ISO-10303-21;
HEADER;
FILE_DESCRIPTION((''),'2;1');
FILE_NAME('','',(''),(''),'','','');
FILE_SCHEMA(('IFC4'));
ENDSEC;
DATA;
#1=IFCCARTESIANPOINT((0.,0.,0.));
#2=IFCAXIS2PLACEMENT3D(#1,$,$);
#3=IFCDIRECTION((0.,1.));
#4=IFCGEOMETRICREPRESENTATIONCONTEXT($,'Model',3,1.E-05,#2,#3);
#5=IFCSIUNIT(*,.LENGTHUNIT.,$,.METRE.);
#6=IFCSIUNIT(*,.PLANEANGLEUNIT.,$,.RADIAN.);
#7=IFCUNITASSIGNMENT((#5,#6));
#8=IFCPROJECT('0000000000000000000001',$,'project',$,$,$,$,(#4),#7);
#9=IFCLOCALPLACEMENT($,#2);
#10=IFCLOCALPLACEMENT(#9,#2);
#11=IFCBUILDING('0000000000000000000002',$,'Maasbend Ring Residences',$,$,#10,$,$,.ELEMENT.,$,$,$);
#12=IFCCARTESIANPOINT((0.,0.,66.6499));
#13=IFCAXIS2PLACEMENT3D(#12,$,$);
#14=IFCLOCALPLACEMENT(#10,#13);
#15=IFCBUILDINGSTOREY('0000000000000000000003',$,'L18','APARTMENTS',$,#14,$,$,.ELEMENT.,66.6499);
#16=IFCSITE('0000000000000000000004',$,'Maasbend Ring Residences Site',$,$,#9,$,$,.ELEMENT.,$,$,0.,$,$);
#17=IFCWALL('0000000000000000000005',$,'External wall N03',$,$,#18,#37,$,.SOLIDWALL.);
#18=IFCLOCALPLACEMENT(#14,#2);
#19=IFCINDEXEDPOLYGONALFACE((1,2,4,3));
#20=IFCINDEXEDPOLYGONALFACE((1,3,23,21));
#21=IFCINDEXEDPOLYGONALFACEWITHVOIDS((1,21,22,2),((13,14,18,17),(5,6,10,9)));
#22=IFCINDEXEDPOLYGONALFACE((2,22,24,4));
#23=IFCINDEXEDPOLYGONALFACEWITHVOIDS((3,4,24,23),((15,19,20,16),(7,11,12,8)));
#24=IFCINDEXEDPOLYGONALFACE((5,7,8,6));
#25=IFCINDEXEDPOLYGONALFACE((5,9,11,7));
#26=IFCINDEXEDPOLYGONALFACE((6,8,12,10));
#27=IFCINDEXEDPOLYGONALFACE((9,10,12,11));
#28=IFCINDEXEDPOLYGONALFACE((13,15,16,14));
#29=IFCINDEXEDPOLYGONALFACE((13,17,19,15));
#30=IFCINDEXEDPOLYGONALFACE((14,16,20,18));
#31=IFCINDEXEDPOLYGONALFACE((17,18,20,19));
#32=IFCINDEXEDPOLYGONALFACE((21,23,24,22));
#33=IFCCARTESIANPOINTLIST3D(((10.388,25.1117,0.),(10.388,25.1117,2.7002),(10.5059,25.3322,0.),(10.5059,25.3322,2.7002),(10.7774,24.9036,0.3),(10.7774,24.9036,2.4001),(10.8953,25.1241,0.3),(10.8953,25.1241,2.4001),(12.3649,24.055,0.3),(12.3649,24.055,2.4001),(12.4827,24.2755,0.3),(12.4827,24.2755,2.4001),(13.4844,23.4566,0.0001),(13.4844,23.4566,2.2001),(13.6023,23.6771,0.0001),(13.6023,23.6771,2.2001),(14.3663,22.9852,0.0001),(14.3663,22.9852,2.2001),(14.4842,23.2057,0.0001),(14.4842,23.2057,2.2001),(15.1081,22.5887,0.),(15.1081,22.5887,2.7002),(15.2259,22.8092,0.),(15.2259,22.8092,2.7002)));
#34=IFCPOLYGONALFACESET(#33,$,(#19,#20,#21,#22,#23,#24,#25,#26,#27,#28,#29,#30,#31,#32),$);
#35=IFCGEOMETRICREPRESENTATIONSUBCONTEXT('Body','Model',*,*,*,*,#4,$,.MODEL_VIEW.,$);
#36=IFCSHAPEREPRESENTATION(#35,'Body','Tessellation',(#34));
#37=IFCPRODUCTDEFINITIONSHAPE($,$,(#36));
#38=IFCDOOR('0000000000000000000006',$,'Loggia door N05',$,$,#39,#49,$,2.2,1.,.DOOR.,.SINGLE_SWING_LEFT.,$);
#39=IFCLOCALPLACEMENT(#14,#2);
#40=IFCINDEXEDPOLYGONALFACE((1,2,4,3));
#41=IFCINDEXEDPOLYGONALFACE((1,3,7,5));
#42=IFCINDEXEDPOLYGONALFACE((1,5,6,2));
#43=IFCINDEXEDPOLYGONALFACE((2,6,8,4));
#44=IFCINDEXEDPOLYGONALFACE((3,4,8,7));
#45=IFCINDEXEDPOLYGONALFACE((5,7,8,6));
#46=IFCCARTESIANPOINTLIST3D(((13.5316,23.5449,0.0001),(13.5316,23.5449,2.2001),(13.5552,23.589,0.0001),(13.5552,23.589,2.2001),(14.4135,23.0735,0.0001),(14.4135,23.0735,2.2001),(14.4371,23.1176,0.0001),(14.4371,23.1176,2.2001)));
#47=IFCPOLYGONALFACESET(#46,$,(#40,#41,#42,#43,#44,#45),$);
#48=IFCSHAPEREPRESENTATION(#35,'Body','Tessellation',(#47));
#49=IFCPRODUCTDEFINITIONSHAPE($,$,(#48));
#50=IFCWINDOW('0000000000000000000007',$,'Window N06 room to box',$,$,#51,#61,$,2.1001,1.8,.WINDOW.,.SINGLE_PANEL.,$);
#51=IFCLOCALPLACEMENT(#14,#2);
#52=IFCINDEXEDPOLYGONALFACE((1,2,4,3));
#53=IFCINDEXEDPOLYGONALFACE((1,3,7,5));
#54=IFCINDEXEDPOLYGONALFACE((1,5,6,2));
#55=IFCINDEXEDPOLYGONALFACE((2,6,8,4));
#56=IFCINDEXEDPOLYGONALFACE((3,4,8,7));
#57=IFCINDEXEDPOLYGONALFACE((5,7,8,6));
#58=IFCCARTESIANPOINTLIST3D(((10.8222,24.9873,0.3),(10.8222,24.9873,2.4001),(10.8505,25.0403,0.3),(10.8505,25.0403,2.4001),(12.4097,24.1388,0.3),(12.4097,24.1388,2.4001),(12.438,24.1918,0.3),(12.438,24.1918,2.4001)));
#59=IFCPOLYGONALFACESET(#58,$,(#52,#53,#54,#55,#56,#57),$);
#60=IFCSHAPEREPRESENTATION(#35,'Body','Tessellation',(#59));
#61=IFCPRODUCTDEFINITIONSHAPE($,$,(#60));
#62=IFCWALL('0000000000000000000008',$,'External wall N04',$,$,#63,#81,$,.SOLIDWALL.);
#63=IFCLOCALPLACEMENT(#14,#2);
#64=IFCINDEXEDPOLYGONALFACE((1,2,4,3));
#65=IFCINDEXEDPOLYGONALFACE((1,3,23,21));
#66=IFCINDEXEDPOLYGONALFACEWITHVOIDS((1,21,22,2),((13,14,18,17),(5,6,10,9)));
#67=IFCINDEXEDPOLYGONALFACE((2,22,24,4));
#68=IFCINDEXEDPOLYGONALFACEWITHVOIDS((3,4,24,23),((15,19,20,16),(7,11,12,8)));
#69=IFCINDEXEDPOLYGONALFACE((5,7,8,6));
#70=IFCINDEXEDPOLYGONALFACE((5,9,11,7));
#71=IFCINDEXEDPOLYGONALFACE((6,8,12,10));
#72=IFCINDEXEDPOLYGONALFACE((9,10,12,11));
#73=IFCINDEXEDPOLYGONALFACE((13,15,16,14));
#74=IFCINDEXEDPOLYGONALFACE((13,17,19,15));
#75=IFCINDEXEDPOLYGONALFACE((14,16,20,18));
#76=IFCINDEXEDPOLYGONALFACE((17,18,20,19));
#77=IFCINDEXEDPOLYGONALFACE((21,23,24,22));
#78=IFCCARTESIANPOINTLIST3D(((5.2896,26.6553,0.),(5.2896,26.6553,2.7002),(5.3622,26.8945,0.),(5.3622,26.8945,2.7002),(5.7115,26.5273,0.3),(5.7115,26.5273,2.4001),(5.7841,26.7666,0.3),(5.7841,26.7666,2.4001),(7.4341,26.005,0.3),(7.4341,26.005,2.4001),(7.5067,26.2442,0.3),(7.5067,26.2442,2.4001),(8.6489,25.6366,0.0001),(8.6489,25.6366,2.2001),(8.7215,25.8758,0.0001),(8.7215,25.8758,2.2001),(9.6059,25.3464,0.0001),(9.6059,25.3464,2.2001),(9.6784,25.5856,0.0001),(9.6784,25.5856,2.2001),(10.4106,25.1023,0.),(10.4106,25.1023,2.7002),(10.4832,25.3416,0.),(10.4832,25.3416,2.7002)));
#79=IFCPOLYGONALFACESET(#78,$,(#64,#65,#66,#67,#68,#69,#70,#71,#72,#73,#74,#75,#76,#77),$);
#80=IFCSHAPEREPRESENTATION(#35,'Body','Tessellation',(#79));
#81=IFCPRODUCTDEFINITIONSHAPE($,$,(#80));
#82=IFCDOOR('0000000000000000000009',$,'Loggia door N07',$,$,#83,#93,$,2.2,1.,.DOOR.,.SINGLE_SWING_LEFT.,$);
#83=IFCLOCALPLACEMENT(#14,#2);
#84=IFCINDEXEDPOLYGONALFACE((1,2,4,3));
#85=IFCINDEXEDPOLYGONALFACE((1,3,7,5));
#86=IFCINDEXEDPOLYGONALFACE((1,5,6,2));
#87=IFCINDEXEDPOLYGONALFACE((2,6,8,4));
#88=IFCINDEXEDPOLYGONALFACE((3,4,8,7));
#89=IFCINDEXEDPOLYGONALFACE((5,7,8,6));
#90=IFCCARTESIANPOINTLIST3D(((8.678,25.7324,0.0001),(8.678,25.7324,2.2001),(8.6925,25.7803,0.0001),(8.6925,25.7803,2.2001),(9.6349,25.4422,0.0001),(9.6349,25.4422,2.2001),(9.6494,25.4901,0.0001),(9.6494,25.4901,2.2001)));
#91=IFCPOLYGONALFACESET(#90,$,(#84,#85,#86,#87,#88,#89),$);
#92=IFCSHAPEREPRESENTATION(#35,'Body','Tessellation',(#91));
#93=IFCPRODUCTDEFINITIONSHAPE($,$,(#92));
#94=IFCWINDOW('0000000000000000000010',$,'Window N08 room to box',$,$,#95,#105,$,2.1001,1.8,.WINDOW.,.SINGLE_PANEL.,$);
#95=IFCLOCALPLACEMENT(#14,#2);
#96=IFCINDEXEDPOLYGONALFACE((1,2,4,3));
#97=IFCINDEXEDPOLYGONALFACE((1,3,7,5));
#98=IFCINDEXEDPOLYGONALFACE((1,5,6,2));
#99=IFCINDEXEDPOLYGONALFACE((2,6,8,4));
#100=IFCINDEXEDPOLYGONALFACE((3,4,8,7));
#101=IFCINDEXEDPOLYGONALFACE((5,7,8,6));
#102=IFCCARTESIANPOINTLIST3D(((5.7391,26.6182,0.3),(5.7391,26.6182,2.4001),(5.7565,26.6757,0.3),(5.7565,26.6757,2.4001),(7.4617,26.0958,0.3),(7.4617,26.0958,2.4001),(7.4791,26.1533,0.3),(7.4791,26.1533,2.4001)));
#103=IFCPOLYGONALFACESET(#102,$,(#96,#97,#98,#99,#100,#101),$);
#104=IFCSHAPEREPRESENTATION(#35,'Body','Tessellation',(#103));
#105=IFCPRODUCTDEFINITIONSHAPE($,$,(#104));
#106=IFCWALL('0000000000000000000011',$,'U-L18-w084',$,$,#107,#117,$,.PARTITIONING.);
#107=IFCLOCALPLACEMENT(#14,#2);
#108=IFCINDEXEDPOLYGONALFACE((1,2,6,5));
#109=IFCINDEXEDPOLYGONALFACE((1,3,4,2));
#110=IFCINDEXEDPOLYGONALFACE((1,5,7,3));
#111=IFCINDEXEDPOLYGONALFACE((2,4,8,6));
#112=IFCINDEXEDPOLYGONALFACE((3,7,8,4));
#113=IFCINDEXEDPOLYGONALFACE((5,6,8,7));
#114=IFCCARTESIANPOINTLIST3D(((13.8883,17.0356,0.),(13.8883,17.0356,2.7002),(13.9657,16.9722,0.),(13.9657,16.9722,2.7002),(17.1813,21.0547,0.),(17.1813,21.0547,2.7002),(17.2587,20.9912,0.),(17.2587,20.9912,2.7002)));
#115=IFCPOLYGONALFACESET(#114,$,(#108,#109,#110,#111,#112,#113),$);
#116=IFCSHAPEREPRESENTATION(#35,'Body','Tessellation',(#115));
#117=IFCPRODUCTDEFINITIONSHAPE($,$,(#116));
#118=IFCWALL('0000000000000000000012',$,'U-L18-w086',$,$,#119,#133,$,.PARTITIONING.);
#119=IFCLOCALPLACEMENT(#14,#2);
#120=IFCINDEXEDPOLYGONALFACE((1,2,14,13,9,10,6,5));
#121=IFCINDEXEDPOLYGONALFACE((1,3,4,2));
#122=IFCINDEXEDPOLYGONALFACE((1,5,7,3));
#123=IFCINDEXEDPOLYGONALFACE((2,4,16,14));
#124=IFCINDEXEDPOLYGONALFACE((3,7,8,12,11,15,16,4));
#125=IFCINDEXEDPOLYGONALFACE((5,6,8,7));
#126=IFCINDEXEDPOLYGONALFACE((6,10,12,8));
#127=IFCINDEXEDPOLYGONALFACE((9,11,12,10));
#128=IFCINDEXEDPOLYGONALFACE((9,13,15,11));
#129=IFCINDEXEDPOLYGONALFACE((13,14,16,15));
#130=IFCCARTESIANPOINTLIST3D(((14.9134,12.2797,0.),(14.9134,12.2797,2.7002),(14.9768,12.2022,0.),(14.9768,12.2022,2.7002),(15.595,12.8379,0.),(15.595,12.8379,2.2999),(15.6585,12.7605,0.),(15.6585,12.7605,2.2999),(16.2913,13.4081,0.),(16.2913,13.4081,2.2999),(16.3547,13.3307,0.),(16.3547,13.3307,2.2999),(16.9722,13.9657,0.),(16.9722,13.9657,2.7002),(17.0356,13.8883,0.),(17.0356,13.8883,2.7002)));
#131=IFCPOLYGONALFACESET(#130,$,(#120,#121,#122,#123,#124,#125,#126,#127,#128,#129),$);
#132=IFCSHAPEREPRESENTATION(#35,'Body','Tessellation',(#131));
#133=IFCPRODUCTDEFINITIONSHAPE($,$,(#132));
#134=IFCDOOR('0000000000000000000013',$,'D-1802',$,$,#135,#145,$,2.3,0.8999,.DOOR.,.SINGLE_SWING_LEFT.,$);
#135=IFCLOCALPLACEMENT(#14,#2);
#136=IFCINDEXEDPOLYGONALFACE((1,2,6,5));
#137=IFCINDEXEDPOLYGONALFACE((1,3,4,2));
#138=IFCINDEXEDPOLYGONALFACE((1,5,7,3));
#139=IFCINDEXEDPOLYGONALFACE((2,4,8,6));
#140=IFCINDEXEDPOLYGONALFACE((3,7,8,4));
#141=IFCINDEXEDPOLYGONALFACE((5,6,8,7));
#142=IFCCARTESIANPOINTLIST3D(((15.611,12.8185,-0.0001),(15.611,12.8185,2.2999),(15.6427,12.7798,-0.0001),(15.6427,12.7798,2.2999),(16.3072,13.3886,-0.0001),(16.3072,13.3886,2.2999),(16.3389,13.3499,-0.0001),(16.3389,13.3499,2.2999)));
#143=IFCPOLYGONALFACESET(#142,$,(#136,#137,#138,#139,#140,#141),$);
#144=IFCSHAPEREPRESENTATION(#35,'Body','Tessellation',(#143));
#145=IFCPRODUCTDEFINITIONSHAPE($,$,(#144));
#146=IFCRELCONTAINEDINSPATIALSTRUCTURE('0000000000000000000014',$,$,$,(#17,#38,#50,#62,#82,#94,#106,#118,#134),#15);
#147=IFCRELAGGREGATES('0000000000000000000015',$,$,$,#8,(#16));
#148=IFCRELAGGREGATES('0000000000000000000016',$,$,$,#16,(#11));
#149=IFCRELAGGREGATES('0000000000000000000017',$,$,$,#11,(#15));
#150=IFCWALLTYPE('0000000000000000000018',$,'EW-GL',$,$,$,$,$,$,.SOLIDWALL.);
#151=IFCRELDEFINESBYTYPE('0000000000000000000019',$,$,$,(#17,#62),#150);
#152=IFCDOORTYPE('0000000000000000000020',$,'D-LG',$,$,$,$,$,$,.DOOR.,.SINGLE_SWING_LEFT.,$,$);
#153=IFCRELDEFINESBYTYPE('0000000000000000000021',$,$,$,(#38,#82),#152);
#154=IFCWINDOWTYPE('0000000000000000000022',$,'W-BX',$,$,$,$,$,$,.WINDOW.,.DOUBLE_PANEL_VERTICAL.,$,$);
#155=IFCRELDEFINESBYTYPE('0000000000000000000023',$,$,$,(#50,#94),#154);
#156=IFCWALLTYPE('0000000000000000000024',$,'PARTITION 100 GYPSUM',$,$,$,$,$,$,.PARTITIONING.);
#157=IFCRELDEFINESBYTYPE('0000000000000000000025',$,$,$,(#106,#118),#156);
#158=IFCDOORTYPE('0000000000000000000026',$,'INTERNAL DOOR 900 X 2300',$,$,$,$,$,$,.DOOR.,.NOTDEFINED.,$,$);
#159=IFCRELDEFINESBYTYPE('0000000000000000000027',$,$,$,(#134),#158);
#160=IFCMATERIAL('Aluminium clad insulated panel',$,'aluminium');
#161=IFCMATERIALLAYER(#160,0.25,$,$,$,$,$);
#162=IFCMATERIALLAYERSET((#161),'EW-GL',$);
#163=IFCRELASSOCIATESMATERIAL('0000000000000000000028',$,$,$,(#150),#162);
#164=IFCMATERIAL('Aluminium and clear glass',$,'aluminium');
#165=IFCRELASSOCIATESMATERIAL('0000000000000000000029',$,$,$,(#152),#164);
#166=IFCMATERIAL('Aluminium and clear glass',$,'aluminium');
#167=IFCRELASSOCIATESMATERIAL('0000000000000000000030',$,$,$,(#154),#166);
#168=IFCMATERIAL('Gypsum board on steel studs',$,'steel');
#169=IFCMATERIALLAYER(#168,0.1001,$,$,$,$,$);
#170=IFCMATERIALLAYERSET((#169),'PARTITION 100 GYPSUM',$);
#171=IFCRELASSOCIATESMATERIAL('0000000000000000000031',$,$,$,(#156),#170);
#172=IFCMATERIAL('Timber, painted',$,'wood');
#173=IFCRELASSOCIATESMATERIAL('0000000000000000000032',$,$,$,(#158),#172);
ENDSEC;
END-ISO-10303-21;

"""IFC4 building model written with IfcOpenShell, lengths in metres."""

from ifc_helpers import new_model, si_unit, direction, frame, frame_2d, origin, place, context, subcontext, project, spatial, rectangle, extrude, material, layer, layer_set, type_object, element, fill, save


model = new_model("IFC4")

# Units and contexts
model_context = context("Model", 3, precision=1e-05, world=origin(), true_north=direction((0.0, 1.0)))
body_context = subcontext(model_context, "Body", "Model", "MODEL_VIEW")
ifc_project = project(units=[si_unit("LENGTHUNIT", "METRE"), si_unit("PLANEANGLEUNIT", "RADIAN")], contexts=[model_context])

# Site, building, storey
site_placement = place(None, origin())
site = spatial("IfcSite", under=ifc_project, at=site_placement, Name="Maasbend Ring Residences Site", CompositionType="ELEMENT", RefElevation=0.0)
building_placement = place(site_placement, origin())
building = spatial("IfcBuilding", under=site, at=building_placement, Name="Maasbend Ring Residences", CompositionType="ELEMENT")
storey_placement = place(building_placement, frame((0.0, 0.0, 66.6499)))
storey = spatial("IfcBuildingStorey", under=building, at=storey_placement, Name="L18", Description="APARTMENTS", CompositionType="ELEMENT", Elevation=66.6499)

# Walls, openings, doors, windows
ifc_material_1 = material(Name="Aluminium clad insulated panel", Category="aluminium")
ifc_layer_1 = layer(ifc_material_1, 0.25)
ifc_layer_set_1 = layer_set([ifc_layer_1], Name="EW-GL")
wall_type_1 = type_object("IfcWallType", Name="EW-GL", PredefinedType="SOLIDWALL", material=ifc_layer_set_1)
wall_1_placement = place(storey_placement, frame((15.167, 22.699, 0.0), z_axis=(0.0, 0.0, 1.0), x_axis=(-0.881916, 0.471407, 0.0)))
wall_1 = element("IfcWall", 1, at=wall_1_placement, inside=storey, type_object=wall_type_1, Name="External wall N03", PredefinedType="SOLIDWALL", context=body_context, shape_type="SweptSolid", body=[
    extrude(rectangle(XDim=5.3521, YDim=0.25, at=frame_2d((2.676, 0.0))), origin(), (0.0, 0.0, 1.0), 2.7002),
])
opening_1_placement = place(wall_1_placement, frame((0.8411, 0.0, 0.0)))
opening_1 = element("IfcOpeningElement", 2, at=opening_1_placement, cuts=wall_1, PredefinedType="OPENING", context=body_context, shape_type="SweptSolid", body=[
    extrude(rectangle(XDim=1.0, YDim=2.2, at=frame_2d((0.5, 1.1001))), frame((0.0, 0.135, 0.0), z_axis=(0.0, -1.0, 0.0), x_axis=(1.0, 0.0, 0.0)), (0.0, 0.0, 1.0), 0.27),
])
opening_2_placement = place(wall_1_placement, frame((3.1106, 0.0, 0.3)))
opening_2 = element("IfcOpeningElement", 3, at=opening_2_placement, cuts=wall_1, PredefinedType="OPENING", context=body_context, shape_type="SweptSolid", body=[
    extrude(rectangle(XDim=1.8, YDim=2.1001, at=frame_2d((0.8999, 1.05))), frame((0.0, 0.135, 0.0), z_axis=(0.0, -1.0, 0.0), x_axis=(1.0, 0.0, 0.0)), (0.0, 0.0, 1.0), 0.27),
])
ifc_material_2 = material(Name="Aluminium and clear glass", Category="aluminium")
door_type_1 = type_object("IfcDoorType", Name="D-LG", OperationType="SINGLE_SWING_LEFT", PredefinedType="DOOR", material=ifc_material_2)
door_1_placement = place(opening_1_placement, origin())
door_1 = element("IfcDoor", 4, at=door_1_placement, inside=storey, type_object=door_type_1, Name="Loggia door N05", OperationType="SINGLE_SWING_LEFT", OverallHeight=2.2, OverallWidth=1.0, PredefinedType="DOOR", context=body_context, shape_type="SweptSolid", body=[
    extrude(rectangle(XDim=1.0, YDim=2.2, at=frame_2d((0.5, 1.1001))), frame((0.0, 0.0249, 0.0), z_axis=(0.0, -1.0, 0.0), x_axis=(1.0, 0.0, 0.0)), (0.0, 0.0, 1.0), 0.05),
])
fill(opening_1, door_1)
ifc_material_3 = material(Name="Aluminium and clear glass", Category="aluminium")
window_type_1 = type_object("IfcWindowType", Name="W-BX", PartitioningType="DOUBLE_PANEL_VERTICAL", PredefinedType="WINDOW", material=ifc_material_3)
window_1_placement = place(opening_2_placement, origin())
window_1 = element("IfcWindow", 5, at=window_1_placement, inside=storey, type_object=window_type_1, Name="Window N06 room to box", OverallHeight=2.1001, OverallWidth=1.8, PartitioningType="SINGLE_PANEL", PredefinedType="WINDOW", context=body_context, shape_type="SweptSolid", body=[
    extrude(rectangle(XDim=1.8, YDim=2.1001, at=frame_2d((0.8999, 1.05))), frame((0.0, 0.03, 0.0), z_axis=(0.0, -1.0, 0.0), x_axis=(1.0, 0.0, 0.0)), (0.0, 0.0, 1.0), 0.0601),
])
fill(opening_2, window_1)
wall_2_placement = place(storey_placement, frame((10.447, 25.2219, 0.0), z_axis=(0.0, 0.0, 1.0), x_axis=(-0.956966, 0.290201, 0.0)))
wall_2 = element("IfcWall", 6, at=wall_2_placement, inside=storey, type_object=wall_type_1, Name="External wall N04", PredefinedType="SOLIDWALL", context=body_context, shape_type="SweptSolid", body=[
    extrude(rectangle(XDim=5.3513, YDim=0.25, at=frame_2d((2.6758, 0.0))), origin(), (0.0, 0.0, 1.0), 2.7002),
])
opening_3_placement = place(wall_2_placement, frame((0.8411, 0.0, 0.0)))
opening_3 = element("IfcOpeningElement", 7, at=opening_3_placement, cuts=wall_2, PredefinedType="OPENING", context=body_context, shape_type="SweptSolid", body=[
    extrude(rectangle(XDim=1.0, YDim=2.2, at=frame_2d((0.5, 1.1001))), frame((0.0, 0.135, 0.0), z_axis=(0.0, -1.0, 0.0), x_axis=(1.0, 0.0, 0.0)), (0.0, 0.0, 1.0), 0.27),
])
opening_4_placement = place(wall_2_placement, frame((3.1106, 0.0, 0.3)))
opening_4 = element("IfcOpeningElement", 8, at=opening_4_placement, cuts=wall_2, PredefinedType="OPENING", context=body_context, shape_type="SweptSolid", body=[
    extrude(rectangle(XDim=1.8, YDim=2.1001, at=frame_2d((0.8999, 1.05))), frame((0.0, 0.135, 0.0), z_axis=(0.0, -1.0, 0.0), x_axis=(1.0, 0.0, 0.0)), (0.0, 0.0, 1.0), 0.27),
])
door_2_placement = place(opening_3_placement, origin())
door_2 = element("IfcDoor", 9, at=door_2_placement, inside=storey, type_object=door_type_1, Name="Loggia door N07", OperationType="SINGLE_SWING_LEFT", OverallHeight=2.2, OverallWidth=1.0, PredefinedType="DOOR", context=body_context, shape_type="SweptSolid", body=[
    extrude(rectangle(XDim=1.0, YDim=2.2, at=frame_2d((0.5, 1.1001))), frame((0.0, 0.0249, 0.0), z_axis=(0.0, -1.0, 0.0), x_axis=(1.0, 0.0, 0.0)), (0.0, 0.0, 1.0), 0.05),
])
fill(opening_3, door_2)
window_2_placement = place(opening_4_placement, origin())
window_2 = element("IfcWindow", 10, at=window_2_placement, inside=storey, type_object=window_type_1, Name="Window N08 room to box", OverallHeight=2.1001, OverallWidth=1.8, PartitioningType="SINGLE_PANEL", PredefinedType="WINDOW", context=body_context, shape_type="SweptSolid", body=[
    extrude(rectangle(XDim=1.8, YDim=2.1001, at=frame_2d((0.8999, 1.05))), frame((0.0, 0.03, 0.0), z_axis=(0.0, -1.0, 0.0), x_axis=(1.0, 0.0, 0.0)), (0.0, 0.0, 1.0), 0.0601),
])
fill(opening_4, window_2)

# Wall
ifc_material_4 = material(Name="Gypsum board on steel studs", Category="steel")
ifc_layer_2 = layer(ifc_material_4, 0.1001)
ifc_layer_set_2 = layer_set([ifc_layer_2], Name="PARTITION 100 GYPSUM")
wall_type_2 = type_object("IfcWallType", Name="PARTITION 100 GYPSUM", PredefinedType="PARTITIONING", material=ifc_layer_set_2)
wall_3_placement = place(storey_placement, frame((13.927, 17.0039, 0.0), z_axis=(0.0, 0.0, 1.0), x_axis=(0.633775, 0.773517, 0.0)))
element("IfcWall", 11, at=wall_3_placement, inside=storey, type_object=wall_type_2, Name="U-L18-w084", PredefinedType="PARTITIONING", context=body_context, shape_type="SweptSolid", body=[
    extrude(rectangle(XDim=5.1958, YDim=0.1001, at=frame_2d((2.5979, 0.0))), origin(), (0.0, 0.0, 1.0), 2.7002),
])

# Wall, opening, door
wall_4_placement = place(storey_placement, frame((14.9451, 12.241, 0.0), z_axis=(0.0, 0.0, 1.0), x_axis=(0.773675, 0.633582, 0.0)))
wall_4 = element("IfcWall", 12, at=wall_4_placement, inside=storey, type_object=wall_type_2, Name="U-L18-w086", PredefinedType="PARTITIONING", context=body_context, shape_type="SweptSolid", body=[
    extrude(rectangle(XDim=2.6611, YDim=0.1001, at=frame_2d((1.3306, 0.0))), origin(), (0.0, 0.0, 1.0), 2.7002),
])
opening_5_placement = place(wall_4_placement, frame((0.8811, 0.0, 0.0)))
opening_5 = element("IfcOpeningElement", 13, at=opening_5_placement, cuts=wall_4, PredefinedType="OPENING", context=body_context, shape_type="SweptSolid", body=[
    extrude(rectangle(XDim=0.8999, YDim=2.3, at=frame_2d((0.45, 1.1499))), frame((0.0, 0.0601, 0.0), z_axis=(0.0, -1.0, 0.0), x_axis=(1.0, 0.0, 0.0)), (0.0, 0.0, 1.0), 0.1201),
])
ifc_material_5 = material(Name="Timber, painted", Category="wood")
door_type_2 = type_object("IfcDoorType", Name="INTERNAL DOOR 900 X 2300", OperationType="NOTDEFINED", PredefinedType="DOOR", material=ifc_material_5)
door_3_placement = place(opening_5_placement, origin())
door_3 = element("IfcDoor", 14, at=door_3_placement, inside=storey, type_object=door_type_2, Name="D-1802", OperationType="SINGLE_SWING_LEFT", OverallHeight=2.3, OverallWidth=0.8999, PredefinedType="DOOR", context=body_context, shape_type="SweptSolid", body=[
    extrude(rectangle(XDim=0.8999, YDim=2.3, at=frame_2d((0.45, 1.1499))), frame((0.0, 0.0249, 0.0), z_axis=(0.0, -1.0, 0.0), x_axis=(1.0, 0.0, 0.0)), (0.0, 0.0, 1.0), 0.05),
])
fill(opening_5, door_3)

save(model, "model.ifc")
